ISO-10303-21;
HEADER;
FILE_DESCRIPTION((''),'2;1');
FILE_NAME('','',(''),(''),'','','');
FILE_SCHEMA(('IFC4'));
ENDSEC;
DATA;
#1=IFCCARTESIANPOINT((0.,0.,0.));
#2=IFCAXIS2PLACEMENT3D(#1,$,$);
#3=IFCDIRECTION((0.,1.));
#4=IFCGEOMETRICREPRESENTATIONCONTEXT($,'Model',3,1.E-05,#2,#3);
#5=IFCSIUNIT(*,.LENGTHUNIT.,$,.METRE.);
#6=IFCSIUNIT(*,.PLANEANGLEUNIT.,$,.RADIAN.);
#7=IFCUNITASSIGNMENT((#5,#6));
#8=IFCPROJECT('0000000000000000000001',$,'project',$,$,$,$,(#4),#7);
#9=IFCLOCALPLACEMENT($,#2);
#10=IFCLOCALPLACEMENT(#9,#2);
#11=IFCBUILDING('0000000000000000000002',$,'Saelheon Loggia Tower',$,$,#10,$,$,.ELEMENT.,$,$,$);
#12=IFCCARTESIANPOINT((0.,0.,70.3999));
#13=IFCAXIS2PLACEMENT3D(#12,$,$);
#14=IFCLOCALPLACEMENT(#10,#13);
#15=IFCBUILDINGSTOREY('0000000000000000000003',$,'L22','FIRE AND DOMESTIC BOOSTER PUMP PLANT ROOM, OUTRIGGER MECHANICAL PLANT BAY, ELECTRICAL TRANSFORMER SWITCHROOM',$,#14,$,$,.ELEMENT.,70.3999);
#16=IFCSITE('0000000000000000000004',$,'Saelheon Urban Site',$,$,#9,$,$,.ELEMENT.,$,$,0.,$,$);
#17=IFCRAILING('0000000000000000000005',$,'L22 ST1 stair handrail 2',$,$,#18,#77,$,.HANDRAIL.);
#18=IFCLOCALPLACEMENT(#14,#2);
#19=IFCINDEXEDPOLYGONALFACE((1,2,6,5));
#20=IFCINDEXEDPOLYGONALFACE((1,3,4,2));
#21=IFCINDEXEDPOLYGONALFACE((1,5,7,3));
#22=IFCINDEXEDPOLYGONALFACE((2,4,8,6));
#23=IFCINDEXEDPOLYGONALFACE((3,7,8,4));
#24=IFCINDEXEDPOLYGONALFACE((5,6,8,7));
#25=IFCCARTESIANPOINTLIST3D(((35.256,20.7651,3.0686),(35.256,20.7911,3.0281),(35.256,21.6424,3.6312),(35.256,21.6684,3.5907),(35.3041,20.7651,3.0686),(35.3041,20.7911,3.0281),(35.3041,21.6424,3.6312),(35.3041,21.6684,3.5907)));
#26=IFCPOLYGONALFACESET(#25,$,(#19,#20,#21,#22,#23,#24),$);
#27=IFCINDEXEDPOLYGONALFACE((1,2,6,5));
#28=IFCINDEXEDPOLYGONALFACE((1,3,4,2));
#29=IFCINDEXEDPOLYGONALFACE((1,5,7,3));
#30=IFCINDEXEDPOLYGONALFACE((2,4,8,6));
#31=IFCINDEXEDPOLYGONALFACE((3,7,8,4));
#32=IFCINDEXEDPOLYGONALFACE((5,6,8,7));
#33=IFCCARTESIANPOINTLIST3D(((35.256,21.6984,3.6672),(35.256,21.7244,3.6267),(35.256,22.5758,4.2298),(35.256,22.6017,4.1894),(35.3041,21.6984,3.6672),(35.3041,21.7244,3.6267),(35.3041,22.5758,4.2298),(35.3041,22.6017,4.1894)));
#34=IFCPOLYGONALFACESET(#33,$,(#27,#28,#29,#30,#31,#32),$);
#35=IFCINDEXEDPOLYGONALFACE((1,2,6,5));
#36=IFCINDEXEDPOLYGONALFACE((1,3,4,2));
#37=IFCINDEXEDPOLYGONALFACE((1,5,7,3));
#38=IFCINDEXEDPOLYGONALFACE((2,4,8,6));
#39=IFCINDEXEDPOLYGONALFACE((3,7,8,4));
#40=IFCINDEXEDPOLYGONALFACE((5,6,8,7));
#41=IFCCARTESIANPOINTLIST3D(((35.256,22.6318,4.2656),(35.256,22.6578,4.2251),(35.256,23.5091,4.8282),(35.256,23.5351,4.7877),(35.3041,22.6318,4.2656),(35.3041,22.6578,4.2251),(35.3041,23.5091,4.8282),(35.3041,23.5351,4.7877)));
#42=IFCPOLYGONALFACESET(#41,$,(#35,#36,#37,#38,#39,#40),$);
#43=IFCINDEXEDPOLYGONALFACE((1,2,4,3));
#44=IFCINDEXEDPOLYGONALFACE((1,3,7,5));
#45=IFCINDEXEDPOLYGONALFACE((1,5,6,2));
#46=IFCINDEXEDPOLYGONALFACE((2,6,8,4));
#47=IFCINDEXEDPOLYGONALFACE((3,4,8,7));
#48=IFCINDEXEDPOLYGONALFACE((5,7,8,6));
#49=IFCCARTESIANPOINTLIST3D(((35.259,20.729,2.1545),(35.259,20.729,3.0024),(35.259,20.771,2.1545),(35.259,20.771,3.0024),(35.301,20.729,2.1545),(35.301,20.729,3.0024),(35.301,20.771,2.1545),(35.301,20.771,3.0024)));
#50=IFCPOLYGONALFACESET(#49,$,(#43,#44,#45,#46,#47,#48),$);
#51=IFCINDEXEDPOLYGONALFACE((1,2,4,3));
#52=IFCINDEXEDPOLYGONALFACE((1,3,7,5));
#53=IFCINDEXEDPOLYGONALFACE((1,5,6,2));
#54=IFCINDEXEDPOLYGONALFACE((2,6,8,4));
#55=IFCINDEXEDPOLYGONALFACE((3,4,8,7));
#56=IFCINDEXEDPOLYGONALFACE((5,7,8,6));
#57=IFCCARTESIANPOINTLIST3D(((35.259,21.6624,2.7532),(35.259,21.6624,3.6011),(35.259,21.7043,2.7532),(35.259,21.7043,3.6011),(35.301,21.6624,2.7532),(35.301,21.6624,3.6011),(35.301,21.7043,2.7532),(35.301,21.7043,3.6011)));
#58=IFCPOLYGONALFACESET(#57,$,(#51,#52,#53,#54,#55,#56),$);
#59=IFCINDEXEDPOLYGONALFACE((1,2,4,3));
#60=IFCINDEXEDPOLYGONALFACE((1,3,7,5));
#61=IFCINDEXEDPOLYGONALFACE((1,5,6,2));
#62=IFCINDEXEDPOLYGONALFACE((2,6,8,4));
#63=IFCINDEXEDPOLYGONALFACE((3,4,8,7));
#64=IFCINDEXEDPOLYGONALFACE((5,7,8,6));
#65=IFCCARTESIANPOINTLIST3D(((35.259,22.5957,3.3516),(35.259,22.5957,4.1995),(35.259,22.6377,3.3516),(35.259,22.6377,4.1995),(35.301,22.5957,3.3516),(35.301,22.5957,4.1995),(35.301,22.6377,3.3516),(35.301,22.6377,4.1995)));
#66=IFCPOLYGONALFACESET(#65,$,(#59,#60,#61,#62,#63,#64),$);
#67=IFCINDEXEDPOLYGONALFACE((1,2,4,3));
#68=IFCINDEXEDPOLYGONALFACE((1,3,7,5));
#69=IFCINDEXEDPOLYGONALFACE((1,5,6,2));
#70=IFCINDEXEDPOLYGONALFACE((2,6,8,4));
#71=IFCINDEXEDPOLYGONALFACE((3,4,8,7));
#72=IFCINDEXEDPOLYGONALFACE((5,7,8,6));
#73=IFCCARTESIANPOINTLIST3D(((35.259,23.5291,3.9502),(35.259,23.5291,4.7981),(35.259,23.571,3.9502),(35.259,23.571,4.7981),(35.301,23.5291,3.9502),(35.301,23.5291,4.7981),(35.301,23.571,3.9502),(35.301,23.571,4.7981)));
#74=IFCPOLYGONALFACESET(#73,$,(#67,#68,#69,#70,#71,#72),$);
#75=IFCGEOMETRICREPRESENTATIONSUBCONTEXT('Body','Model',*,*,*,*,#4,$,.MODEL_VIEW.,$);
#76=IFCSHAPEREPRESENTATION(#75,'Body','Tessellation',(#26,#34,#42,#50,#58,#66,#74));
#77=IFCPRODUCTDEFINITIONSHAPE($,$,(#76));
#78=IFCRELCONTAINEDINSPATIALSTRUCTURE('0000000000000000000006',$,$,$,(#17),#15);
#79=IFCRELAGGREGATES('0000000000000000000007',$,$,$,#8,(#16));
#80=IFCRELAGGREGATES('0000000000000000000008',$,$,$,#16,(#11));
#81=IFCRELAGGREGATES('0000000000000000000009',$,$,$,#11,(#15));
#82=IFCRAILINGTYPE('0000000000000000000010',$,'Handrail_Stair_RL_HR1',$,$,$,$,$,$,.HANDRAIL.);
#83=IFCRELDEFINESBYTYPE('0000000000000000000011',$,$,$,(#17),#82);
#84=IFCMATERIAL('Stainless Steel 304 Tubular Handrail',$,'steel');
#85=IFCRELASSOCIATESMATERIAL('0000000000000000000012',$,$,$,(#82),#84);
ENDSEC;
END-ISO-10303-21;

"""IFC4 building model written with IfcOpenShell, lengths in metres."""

from ifc_helpers import new_model, si_unit, direction, frame, origin, origin_2d, place, context, subcontext, project, spatial, rectangle, extrude, material, type_object, element, save


model = new_model("IFC4")

# Units and contexts
model_context = context("Model", 3, precision=1e-05, world=origin(), true_north=direction((0.0, 1.0)))
body_context = subcontext(model_context, "Body", "Model", "MODEL_VIEW")
ifc_project = project(units=[si_unit("LENGTHUNIT", "METRE"), si_unit("PLANEANGLEUNIT", "RADIAN")], contexts=[model_context])

# Site, building, storey
site_placement = place(None, origin())
site = spatial("IfcSite", under=ifc_project, at=site_placement, Name="Saelheon Urban Site", CompositionType="ELEMENT", RefElevation=0.0)
building_placement = place(site_placement, origin())
building = spatial("IfcBuilding", under=site, at=building_placement, Name="Saelheon Loggia Tower", CompositionType="ELEMENT")
storey_placement = place(building_placement, frame((0.0, 0.0, 70.3999)))
storey = spatial("IfcBuildingStorey", under=building, at=storey_placement, Name="L22", Description="FIRE AND DOMESTIC BOOSTER PUMP PLANT ROOM, OUTRIGGER MECHANICAL PLANT BAY, ELECTRICAL TRANSFORMER SWITCHROOM", CompositionType="ELEMENT", Elevation=70.3999)

# Railing
ifc_material_1 = material(Name="Stainless Steel 304 Tubular Handrail", Category="steel")
railing_type_1 = type_object("IfcRailingType", Name="Handrail_Stair_RL_HR1", PredefinedType="HANDRAIL", material=ifc_material_1)
railing_1_placement = place(storey_placement, frame((35.28, 20.75, 2.1545)))
element("IfcRailing", 1, at=railing_1_placement, inside=storey, type_object=railing_type_1, Name="L22 ST1 stair handrail 2", PredefinedType="HANDRAIL", context=body_context, shape_type="SweptSolid", body=[
    extrude(rectangle(XDim=0.0481, YDim=0.0481, at=origin_2d()), frame((0.0, 0.0281, 0.8938), z_axis=(0.0, 0.841777, 0.539826), x_axis=(-1.0, 0.0, 0.0)), (0.0, 0.0, 1.0), 1.0422),
    extrude(rectangle(XDim=0.0481, YDim=0.0481, at=origin_2d()), frame((0.0, 0.9614, 1.4924), z_axis=(0.0, 0.841777, 0.539826), x_axis=(-1.0, 0.0, 0.0)), (0.0, 0.0, 1.0), 1.0422),
    extrude(rectangle(XDim=0.0481, YDim=0.0481, at=origin_2d()), frame((0.0, 1.8948, 2.0908), z_axis=(0.0, 0.841777, 0.539826), x_axis=(-1.0, 0.0, 0.0)), (0.0, 0.0, 1.0), 1.0422),
    extrude(rectangle(XDim=0.042, YDim=0.042, at=origin_2d()), origin(), (0.0, 0.0, 1.0), 0.8479),
    extrude(rectangle(XDim=0.042, YDim=0.042, at=origin_2d()), frame((0.0, 0.9333, 0.5986)), (0.0, 0.0, 1.0), 0.8479),
    extrude(rectangle(XDim=0.042, YDim=0.042, at=origin_2d()), frame((0.0, 1.8667, 1.197)), (0.0, 0.0, 1.0), 0.8479),
    extrude(rectangle(XDim=0.042, YDim=0.042, at=origin_2d()), frame((0.0, 2.8, 1.7957)), (0.0, 0.0, 1.0), 0.8479),
])

save(model, "model.ifc")
